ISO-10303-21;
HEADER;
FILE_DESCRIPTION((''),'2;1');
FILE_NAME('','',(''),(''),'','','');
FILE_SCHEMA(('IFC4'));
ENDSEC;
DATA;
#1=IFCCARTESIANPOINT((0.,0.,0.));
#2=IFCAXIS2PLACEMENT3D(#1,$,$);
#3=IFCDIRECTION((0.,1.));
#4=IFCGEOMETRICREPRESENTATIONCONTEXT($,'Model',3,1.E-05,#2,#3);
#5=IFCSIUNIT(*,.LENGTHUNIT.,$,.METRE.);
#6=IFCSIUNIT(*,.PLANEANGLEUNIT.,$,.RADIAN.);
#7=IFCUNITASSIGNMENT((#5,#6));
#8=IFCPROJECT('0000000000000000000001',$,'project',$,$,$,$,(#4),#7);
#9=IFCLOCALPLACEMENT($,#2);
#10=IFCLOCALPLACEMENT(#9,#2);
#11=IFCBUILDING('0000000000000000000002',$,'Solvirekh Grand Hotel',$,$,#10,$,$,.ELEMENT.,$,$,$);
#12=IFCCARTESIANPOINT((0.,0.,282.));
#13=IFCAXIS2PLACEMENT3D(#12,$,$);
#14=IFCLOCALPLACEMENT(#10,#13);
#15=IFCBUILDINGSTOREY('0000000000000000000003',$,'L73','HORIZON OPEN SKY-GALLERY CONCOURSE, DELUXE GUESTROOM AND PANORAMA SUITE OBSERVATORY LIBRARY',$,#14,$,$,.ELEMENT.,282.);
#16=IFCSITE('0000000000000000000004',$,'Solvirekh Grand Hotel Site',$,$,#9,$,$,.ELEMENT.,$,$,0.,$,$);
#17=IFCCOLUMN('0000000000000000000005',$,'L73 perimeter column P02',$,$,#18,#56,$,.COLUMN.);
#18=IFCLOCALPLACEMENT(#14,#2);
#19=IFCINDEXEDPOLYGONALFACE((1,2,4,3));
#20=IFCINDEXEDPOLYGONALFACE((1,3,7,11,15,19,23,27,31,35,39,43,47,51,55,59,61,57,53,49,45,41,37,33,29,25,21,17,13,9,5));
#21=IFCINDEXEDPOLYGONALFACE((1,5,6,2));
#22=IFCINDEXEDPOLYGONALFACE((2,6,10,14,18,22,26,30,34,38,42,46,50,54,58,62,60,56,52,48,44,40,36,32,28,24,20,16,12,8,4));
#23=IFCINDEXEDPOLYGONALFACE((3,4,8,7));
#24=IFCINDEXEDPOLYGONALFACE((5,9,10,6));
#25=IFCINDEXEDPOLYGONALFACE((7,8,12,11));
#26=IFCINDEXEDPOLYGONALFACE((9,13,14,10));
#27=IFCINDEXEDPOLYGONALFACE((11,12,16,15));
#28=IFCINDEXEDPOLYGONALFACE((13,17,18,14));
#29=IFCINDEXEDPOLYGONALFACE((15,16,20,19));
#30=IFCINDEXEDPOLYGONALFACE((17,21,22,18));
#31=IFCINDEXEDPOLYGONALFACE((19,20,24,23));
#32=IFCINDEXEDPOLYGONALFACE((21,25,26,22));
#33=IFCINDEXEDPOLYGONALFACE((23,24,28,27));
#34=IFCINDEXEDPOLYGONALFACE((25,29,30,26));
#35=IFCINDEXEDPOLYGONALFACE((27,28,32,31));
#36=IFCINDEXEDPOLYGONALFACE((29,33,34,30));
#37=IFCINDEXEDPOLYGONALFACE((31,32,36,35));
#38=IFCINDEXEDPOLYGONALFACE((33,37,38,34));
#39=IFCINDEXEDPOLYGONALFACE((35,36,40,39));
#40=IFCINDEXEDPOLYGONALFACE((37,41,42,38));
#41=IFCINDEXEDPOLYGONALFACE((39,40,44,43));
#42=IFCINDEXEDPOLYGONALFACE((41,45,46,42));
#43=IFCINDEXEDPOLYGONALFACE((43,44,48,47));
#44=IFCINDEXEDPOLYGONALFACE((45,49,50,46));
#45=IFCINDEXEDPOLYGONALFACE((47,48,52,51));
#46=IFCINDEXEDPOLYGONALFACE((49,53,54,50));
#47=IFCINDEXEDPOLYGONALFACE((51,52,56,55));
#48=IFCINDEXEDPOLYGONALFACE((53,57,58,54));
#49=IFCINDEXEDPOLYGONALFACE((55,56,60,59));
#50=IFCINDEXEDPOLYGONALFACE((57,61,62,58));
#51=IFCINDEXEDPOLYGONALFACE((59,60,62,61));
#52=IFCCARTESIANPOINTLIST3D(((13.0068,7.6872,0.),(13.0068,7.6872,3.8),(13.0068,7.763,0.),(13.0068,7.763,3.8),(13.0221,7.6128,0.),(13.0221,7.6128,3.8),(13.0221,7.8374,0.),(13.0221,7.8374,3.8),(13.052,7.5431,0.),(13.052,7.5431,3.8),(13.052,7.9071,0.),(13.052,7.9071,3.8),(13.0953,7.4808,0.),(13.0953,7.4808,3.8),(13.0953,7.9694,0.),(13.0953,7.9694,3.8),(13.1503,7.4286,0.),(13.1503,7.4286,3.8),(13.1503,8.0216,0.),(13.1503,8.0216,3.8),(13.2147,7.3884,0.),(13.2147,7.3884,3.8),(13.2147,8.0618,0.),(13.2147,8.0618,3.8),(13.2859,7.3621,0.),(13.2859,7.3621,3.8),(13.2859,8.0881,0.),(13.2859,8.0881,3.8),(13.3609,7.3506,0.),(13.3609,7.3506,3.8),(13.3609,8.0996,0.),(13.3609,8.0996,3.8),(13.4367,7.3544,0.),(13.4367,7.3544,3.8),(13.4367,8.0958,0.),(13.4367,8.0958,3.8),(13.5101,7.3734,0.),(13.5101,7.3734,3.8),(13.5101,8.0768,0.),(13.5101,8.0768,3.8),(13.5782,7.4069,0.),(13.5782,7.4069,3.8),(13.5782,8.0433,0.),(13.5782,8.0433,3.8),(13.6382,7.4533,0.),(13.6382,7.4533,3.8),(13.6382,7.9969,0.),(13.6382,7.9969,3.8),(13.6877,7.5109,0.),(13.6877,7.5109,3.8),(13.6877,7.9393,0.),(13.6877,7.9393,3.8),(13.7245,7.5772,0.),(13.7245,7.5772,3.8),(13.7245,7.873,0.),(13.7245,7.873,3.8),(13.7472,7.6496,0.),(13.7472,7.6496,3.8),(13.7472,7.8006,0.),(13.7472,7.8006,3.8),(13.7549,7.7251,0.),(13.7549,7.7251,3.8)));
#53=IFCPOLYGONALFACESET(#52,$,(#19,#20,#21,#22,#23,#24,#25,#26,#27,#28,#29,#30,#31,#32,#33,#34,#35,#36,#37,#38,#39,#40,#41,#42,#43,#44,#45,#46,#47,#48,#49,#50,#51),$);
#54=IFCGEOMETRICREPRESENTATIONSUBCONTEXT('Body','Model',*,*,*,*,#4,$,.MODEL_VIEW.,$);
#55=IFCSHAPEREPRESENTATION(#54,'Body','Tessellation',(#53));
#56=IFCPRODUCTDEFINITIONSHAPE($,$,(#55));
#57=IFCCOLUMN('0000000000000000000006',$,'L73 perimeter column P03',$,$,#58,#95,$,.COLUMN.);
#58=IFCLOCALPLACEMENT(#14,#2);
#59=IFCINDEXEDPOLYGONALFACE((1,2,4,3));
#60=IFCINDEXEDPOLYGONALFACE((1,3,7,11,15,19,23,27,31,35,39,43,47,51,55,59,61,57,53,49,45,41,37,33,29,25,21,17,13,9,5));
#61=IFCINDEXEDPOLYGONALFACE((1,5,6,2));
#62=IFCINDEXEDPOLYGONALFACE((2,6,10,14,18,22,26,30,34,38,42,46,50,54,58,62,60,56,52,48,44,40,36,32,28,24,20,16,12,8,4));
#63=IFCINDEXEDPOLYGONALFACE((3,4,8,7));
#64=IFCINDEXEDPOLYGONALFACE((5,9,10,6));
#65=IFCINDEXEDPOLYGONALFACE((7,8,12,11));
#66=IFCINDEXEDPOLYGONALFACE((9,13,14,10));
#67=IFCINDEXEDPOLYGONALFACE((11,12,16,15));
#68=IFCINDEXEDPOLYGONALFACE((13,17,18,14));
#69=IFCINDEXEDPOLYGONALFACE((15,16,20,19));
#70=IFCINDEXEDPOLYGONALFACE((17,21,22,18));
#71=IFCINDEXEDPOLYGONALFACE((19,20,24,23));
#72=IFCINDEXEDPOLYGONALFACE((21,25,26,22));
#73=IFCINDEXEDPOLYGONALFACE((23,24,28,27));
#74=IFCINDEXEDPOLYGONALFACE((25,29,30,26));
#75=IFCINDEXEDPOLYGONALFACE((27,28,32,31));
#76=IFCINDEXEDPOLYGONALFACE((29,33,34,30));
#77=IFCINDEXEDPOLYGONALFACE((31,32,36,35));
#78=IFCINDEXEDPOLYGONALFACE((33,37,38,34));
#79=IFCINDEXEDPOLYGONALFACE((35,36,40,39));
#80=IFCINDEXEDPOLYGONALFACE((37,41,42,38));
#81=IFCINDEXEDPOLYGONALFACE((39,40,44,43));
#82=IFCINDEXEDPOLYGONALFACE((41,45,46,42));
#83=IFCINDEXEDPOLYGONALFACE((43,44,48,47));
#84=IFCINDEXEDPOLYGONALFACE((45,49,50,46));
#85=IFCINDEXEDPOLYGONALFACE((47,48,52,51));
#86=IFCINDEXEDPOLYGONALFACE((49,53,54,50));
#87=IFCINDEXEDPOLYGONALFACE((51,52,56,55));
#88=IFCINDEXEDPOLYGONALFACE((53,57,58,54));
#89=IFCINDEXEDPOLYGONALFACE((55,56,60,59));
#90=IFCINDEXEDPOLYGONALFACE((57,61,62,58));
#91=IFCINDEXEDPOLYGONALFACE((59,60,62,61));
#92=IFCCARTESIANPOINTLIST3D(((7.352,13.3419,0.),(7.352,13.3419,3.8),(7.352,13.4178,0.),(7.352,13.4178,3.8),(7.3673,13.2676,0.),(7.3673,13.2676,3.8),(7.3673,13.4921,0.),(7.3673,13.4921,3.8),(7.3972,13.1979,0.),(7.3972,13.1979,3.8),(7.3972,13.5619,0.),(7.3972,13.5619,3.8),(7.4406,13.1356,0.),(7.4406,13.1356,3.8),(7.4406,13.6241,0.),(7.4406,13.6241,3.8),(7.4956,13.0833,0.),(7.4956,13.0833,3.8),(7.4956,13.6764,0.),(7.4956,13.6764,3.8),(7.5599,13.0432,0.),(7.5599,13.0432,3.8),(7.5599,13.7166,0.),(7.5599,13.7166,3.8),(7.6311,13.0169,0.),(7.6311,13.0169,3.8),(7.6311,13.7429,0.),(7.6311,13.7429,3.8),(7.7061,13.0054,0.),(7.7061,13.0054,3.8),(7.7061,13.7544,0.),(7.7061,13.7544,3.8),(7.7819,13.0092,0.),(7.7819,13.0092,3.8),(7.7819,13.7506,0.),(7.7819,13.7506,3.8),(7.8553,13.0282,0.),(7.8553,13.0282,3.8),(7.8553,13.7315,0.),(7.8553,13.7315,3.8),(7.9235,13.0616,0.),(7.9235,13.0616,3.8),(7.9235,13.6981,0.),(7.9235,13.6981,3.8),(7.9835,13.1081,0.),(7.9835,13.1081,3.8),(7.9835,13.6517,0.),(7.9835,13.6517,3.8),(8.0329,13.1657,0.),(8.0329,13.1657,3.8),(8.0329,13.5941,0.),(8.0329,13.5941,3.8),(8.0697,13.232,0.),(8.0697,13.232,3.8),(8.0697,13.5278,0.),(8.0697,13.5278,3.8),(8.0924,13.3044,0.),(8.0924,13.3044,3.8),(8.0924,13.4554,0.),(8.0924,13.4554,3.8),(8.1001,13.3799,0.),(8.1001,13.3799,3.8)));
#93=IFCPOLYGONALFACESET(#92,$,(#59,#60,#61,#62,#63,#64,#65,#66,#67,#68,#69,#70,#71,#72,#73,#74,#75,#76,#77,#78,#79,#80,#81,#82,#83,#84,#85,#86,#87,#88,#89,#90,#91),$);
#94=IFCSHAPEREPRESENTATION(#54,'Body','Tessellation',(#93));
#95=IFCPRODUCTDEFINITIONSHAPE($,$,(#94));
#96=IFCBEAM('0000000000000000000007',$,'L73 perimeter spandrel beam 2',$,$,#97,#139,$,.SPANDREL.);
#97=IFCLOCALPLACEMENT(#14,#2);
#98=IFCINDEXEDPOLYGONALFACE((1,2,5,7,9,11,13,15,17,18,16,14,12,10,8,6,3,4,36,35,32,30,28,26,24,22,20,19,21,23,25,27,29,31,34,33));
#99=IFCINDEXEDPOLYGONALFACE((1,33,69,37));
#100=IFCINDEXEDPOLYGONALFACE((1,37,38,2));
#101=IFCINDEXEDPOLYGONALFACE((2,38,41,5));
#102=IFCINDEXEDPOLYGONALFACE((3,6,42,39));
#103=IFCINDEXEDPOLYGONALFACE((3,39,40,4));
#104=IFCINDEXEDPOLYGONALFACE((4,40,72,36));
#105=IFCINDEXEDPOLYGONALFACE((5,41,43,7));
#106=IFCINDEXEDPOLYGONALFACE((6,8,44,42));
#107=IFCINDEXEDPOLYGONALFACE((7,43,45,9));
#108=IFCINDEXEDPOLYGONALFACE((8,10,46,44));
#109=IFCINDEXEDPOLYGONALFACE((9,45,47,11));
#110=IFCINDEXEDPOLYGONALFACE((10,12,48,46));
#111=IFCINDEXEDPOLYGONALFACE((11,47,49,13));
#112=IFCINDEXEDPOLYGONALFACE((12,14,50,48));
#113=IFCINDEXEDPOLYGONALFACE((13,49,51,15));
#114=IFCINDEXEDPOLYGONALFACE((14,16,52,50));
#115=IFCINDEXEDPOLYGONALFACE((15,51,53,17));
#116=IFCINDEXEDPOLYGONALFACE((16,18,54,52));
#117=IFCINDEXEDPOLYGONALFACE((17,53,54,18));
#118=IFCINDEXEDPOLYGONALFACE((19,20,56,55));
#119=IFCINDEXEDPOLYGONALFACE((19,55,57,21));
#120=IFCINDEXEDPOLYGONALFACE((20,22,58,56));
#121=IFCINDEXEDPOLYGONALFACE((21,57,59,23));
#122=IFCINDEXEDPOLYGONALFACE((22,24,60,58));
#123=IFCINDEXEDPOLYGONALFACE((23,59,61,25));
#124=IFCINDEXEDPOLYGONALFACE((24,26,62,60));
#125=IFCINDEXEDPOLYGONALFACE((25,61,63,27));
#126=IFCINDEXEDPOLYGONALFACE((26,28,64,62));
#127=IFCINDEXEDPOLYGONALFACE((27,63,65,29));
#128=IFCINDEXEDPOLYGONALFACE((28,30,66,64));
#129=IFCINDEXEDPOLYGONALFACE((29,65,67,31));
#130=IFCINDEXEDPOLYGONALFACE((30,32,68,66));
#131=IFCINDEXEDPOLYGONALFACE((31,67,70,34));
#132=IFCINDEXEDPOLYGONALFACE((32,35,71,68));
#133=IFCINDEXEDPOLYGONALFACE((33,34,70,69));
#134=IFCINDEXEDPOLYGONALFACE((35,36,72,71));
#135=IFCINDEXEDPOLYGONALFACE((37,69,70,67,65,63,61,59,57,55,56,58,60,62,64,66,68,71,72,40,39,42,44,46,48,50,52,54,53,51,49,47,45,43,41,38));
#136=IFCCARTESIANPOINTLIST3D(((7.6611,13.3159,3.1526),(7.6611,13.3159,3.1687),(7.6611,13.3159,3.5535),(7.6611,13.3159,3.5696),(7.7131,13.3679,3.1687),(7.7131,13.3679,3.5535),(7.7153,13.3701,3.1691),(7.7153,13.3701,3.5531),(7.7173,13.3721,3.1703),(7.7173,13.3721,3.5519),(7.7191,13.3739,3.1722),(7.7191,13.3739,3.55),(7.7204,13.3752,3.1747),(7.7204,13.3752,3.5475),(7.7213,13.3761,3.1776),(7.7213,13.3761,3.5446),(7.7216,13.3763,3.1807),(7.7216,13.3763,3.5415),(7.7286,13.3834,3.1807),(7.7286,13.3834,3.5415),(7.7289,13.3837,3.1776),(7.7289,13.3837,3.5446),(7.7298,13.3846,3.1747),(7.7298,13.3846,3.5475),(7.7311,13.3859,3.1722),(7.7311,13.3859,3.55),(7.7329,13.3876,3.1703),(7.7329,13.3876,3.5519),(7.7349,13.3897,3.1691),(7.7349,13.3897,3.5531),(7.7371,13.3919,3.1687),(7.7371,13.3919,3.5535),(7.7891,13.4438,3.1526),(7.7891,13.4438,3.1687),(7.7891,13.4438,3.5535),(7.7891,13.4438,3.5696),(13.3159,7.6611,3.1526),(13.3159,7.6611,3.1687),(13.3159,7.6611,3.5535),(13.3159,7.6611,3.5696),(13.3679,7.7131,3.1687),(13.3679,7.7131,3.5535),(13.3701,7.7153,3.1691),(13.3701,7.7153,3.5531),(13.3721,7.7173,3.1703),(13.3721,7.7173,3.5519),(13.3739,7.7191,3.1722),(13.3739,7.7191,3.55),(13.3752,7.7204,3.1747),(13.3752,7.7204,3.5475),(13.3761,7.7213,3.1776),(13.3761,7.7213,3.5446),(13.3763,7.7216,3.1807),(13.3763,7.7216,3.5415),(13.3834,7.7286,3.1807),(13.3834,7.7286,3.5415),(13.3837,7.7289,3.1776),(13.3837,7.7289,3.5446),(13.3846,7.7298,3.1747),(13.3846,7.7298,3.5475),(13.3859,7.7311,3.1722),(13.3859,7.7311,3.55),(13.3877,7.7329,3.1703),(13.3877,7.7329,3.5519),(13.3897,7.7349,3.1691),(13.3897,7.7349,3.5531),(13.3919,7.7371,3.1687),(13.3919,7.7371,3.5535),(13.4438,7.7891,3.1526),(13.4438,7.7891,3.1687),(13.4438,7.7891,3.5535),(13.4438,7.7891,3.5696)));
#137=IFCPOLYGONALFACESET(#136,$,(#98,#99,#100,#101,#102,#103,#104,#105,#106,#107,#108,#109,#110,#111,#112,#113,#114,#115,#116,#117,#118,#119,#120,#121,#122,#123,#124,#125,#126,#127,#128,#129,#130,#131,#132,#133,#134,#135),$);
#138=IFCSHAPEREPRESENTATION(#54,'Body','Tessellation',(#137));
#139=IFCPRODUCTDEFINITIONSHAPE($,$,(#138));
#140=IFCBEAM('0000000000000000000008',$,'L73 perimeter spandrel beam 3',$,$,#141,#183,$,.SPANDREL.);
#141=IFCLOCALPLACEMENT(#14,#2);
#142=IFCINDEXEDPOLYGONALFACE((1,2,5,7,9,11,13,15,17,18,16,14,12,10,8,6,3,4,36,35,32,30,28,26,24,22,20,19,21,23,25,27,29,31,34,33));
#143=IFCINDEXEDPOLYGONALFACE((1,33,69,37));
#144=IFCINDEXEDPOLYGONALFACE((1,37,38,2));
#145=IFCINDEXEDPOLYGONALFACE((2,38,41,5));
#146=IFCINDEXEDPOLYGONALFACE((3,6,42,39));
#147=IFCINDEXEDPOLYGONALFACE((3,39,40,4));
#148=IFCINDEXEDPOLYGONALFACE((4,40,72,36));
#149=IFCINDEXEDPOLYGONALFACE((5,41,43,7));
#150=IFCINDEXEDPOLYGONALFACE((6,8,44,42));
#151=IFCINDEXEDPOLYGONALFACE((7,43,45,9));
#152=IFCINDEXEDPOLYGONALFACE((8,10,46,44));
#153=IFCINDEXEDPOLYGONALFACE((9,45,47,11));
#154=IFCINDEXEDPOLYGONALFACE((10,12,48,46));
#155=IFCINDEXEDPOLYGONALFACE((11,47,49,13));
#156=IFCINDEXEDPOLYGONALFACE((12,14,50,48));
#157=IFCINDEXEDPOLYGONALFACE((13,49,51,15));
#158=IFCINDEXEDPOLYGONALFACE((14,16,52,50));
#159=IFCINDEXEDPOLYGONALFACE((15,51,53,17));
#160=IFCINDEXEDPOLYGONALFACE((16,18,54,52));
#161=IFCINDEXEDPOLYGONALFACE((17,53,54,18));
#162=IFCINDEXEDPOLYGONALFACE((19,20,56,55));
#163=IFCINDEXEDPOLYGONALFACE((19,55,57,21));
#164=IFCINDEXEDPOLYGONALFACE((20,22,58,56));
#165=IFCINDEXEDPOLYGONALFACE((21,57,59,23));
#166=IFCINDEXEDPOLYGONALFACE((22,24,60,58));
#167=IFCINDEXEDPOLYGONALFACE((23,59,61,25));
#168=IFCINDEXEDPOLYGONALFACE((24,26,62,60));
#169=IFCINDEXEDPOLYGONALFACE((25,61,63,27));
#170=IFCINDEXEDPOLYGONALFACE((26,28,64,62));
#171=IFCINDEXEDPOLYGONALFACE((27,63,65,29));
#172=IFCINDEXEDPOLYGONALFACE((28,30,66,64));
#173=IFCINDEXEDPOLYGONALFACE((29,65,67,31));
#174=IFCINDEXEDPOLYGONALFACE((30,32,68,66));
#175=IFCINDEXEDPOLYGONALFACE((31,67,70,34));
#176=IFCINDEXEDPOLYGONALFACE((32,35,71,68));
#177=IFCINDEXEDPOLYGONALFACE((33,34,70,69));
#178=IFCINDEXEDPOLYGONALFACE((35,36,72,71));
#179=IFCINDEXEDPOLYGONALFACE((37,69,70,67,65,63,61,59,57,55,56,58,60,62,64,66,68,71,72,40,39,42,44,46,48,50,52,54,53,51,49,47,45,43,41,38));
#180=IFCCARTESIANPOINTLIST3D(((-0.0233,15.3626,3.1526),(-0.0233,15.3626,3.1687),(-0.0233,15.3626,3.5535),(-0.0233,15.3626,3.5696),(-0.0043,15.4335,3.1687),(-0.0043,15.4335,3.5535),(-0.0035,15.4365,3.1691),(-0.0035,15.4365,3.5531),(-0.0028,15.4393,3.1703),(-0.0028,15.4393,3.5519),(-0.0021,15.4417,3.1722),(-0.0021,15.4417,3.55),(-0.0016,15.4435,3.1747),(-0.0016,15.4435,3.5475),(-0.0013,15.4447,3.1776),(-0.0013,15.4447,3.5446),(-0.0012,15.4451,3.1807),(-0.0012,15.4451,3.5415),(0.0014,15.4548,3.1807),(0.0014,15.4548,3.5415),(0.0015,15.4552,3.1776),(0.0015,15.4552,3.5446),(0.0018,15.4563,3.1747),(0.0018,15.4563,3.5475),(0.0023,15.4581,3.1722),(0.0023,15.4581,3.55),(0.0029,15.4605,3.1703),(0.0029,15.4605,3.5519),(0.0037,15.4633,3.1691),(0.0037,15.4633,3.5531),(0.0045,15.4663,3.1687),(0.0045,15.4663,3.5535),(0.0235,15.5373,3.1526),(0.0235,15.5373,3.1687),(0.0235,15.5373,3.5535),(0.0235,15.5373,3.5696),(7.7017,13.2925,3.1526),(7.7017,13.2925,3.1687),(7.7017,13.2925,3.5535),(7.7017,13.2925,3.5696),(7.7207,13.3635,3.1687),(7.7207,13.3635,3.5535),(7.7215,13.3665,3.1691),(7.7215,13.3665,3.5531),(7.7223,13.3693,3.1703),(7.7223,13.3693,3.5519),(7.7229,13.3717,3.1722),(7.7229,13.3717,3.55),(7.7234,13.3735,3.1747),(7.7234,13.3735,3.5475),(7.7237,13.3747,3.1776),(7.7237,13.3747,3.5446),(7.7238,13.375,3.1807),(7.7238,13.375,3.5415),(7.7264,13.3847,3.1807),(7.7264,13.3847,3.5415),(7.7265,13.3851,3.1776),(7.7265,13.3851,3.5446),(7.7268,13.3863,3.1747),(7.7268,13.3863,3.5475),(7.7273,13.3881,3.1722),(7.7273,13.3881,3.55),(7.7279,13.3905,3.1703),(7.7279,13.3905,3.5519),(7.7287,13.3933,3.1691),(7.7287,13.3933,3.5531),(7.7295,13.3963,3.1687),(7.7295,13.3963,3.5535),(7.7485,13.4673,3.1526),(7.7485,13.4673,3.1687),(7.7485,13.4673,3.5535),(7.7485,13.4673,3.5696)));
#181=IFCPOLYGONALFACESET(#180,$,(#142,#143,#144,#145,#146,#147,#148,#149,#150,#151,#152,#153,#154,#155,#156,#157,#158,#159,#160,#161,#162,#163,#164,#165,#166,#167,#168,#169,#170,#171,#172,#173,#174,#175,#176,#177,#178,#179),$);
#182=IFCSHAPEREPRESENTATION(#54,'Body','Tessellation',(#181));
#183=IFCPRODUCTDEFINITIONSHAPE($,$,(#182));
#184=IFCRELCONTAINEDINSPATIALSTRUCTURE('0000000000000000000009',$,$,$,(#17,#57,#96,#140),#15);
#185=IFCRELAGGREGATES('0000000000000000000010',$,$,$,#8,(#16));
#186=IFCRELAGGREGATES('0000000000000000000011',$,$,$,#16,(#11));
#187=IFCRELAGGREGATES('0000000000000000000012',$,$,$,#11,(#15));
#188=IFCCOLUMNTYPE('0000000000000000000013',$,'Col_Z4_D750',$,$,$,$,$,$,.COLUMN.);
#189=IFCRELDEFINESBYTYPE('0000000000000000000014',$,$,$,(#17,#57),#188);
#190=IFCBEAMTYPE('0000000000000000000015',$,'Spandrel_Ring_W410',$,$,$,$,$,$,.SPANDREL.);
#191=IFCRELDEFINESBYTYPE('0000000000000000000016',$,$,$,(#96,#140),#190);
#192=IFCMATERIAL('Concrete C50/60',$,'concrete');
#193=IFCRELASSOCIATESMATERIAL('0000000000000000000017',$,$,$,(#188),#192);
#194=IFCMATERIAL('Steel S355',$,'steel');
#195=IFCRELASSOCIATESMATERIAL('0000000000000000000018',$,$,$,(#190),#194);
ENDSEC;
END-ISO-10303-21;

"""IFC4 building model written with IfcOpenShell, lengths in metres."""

from ifc_helpers import new_model, si_unit, direction, frame, origin, origin_2d, place, context, subcontext, project, spatial, circle, i_section, extrude, material, material_profile, profile_set, type_object, element, save


model = new_model("IFC4")

# Units and contexts
model_context = context("Model", 3, precision=1e-05, world=origin(), true_north=direction((0.0, 1.0)))
body_context = subcontext(model_context, "Body", "Model", "MODEL_VIEW")
ifc_project = project(units=[si_unit("LENGTHUNIT", "METRE"), si_unit("PLANEANGLEUNIT", "RADIAN")], contexts=[model_context])

# Site, building, storey
site_placement = place(None, origin())
site = spatial("IfcSite", under=ifc_project, at=site_placement, Name="Solvirekh Grand Hotel Site", CompositionType="ELEMENT", RefElevation=0.0)
building_placement = place(site_placement, origin())
building = spatial("IfcBuilding", under=site, at=building_placement, Name="Solvirekh Grand Hotel", CompositionType="ELEMENT")
storey_placement = place(building_placement, frame((0.0, 0.0, 282.0)))
storey = spatial("IfcBuildingStorey", under=building, at=storey_placement, Name="L73", Description="HORIZON OPEN SKY-GALLERY CONCOURSE, DELUXE GUESTROOM AND PANORAMA SUITE OBSERVATORY LIBRARY", CompositionType="ELEMENT", Elevation=282.0)

# Columns
ifc_material_1 = material(Name="Concrete C50/60", Category="concrete")
ifc_material_profile_1 = material_profile(ifc_material_1, circle(Radius=0.375, at=origin_2d()), Name="RC CIRC D750")
ifc_profile_set_1 = profile_set([ifc_material_profile_1], Name="Concrete C50/60")
column_type = type_object("IfcColumnType", Name="Col_Z4_D750", PredefinedType="COLUMN", material=ifc_profile_set_1)
for number, where, z_axis, x_axis, name in (
    (1, (13.3799, 7.7251, 0.0), (0.0, 0.0, 1.0), (1.0, 0.0, 0.0), "L73 perimeter column P02"),
    (2, (7.7251, 13.3799, 0.0), (0.0, 0.0, 1.0), (1.0, 0.0, 0.0), "L73 perimeter column P03"),
):
    element("IfcColumn", number, at=place(storey_placement, frame(where, z_axis=z_axis, x_axis=x_axis)), inside=storey, type_object=column_type, Name=name, PredefinedType="COLUMN", context=body_context, shape_type="SweptSolid", body=[
        extrude(circle(Radius=0.375, at=origin_2d()), origin(), (0.0, 0.0, 1.0), 3.8),
    ])

# Beams
ifc_material_2 = material(Name="Steel S355", Category="steel")
ifc_material_profile_2 = material_profile(ifc_material_2, i_section(OverallWidth=0.1809, OverallDepth=0.417, WebThickness=0.01, FlangeThickness=0.0161, FilletRadius=0.012, at=origin_2d()), Name="W410X85")
ifc_profile_set_2 = profile_set([ifc_material_profile_2], Name="Steel S355")
beam_type = type_object("IfcBeamType", Name="Spandrel_Ring_W410", PredefinedType="SPANDREL", material=ifc_profile_set_2)
beam_1_placement = place(storey_placement, frame((13.3799, 7.7251, 3.3611), z_axis=(-0.707107, 0.707107, 0.0), x_axis=(-0.707107, -0.707107, 0.0)))
element("IfcBeam", 3, at=beam_1_placement, inside=storey, type_object=beam_type, Name="L73 perimeter spandrel beam 2", PredefinedType="SPANDREL", context=body_context, shape_type="SweptSolid", body=[
    extrude(i_section(OverallWidth=0.1809, OverallDepth=0.417, WebThickness=0.01, FlangeThickness=0.0161, FilletRadius=0.012, at=origin_2d()), origin(), (0.0, 0.0, 1.0), 7.9971),
])
beam_2_placement = place(storey_placement, frame((7.7251, 13.3799, 3.3611), z_axis=(-0.965922, 0.258835, 0.0), x_axis=(-0.258835, -0.965922, 0.0)))
element("IfcBeam", 4, at=beam_2_placement, inside=storey, type_object=beam_type, Name="L73 perimeter spandrel beam 3", PredefinedType="SPANDREL", context=body_context, shape_type="SweptSolid", body=[
    extrude(i_section(OverallWidth=0.1809, OverallDepth=0.417, WebThickness=0.01, FlangeThickness=0.0161, FilletRadius=0.012, at=origin_2d()), origin(), (0.0, 0.0, 1.0), 7.9976),
])

save(model, "model.ifc")
